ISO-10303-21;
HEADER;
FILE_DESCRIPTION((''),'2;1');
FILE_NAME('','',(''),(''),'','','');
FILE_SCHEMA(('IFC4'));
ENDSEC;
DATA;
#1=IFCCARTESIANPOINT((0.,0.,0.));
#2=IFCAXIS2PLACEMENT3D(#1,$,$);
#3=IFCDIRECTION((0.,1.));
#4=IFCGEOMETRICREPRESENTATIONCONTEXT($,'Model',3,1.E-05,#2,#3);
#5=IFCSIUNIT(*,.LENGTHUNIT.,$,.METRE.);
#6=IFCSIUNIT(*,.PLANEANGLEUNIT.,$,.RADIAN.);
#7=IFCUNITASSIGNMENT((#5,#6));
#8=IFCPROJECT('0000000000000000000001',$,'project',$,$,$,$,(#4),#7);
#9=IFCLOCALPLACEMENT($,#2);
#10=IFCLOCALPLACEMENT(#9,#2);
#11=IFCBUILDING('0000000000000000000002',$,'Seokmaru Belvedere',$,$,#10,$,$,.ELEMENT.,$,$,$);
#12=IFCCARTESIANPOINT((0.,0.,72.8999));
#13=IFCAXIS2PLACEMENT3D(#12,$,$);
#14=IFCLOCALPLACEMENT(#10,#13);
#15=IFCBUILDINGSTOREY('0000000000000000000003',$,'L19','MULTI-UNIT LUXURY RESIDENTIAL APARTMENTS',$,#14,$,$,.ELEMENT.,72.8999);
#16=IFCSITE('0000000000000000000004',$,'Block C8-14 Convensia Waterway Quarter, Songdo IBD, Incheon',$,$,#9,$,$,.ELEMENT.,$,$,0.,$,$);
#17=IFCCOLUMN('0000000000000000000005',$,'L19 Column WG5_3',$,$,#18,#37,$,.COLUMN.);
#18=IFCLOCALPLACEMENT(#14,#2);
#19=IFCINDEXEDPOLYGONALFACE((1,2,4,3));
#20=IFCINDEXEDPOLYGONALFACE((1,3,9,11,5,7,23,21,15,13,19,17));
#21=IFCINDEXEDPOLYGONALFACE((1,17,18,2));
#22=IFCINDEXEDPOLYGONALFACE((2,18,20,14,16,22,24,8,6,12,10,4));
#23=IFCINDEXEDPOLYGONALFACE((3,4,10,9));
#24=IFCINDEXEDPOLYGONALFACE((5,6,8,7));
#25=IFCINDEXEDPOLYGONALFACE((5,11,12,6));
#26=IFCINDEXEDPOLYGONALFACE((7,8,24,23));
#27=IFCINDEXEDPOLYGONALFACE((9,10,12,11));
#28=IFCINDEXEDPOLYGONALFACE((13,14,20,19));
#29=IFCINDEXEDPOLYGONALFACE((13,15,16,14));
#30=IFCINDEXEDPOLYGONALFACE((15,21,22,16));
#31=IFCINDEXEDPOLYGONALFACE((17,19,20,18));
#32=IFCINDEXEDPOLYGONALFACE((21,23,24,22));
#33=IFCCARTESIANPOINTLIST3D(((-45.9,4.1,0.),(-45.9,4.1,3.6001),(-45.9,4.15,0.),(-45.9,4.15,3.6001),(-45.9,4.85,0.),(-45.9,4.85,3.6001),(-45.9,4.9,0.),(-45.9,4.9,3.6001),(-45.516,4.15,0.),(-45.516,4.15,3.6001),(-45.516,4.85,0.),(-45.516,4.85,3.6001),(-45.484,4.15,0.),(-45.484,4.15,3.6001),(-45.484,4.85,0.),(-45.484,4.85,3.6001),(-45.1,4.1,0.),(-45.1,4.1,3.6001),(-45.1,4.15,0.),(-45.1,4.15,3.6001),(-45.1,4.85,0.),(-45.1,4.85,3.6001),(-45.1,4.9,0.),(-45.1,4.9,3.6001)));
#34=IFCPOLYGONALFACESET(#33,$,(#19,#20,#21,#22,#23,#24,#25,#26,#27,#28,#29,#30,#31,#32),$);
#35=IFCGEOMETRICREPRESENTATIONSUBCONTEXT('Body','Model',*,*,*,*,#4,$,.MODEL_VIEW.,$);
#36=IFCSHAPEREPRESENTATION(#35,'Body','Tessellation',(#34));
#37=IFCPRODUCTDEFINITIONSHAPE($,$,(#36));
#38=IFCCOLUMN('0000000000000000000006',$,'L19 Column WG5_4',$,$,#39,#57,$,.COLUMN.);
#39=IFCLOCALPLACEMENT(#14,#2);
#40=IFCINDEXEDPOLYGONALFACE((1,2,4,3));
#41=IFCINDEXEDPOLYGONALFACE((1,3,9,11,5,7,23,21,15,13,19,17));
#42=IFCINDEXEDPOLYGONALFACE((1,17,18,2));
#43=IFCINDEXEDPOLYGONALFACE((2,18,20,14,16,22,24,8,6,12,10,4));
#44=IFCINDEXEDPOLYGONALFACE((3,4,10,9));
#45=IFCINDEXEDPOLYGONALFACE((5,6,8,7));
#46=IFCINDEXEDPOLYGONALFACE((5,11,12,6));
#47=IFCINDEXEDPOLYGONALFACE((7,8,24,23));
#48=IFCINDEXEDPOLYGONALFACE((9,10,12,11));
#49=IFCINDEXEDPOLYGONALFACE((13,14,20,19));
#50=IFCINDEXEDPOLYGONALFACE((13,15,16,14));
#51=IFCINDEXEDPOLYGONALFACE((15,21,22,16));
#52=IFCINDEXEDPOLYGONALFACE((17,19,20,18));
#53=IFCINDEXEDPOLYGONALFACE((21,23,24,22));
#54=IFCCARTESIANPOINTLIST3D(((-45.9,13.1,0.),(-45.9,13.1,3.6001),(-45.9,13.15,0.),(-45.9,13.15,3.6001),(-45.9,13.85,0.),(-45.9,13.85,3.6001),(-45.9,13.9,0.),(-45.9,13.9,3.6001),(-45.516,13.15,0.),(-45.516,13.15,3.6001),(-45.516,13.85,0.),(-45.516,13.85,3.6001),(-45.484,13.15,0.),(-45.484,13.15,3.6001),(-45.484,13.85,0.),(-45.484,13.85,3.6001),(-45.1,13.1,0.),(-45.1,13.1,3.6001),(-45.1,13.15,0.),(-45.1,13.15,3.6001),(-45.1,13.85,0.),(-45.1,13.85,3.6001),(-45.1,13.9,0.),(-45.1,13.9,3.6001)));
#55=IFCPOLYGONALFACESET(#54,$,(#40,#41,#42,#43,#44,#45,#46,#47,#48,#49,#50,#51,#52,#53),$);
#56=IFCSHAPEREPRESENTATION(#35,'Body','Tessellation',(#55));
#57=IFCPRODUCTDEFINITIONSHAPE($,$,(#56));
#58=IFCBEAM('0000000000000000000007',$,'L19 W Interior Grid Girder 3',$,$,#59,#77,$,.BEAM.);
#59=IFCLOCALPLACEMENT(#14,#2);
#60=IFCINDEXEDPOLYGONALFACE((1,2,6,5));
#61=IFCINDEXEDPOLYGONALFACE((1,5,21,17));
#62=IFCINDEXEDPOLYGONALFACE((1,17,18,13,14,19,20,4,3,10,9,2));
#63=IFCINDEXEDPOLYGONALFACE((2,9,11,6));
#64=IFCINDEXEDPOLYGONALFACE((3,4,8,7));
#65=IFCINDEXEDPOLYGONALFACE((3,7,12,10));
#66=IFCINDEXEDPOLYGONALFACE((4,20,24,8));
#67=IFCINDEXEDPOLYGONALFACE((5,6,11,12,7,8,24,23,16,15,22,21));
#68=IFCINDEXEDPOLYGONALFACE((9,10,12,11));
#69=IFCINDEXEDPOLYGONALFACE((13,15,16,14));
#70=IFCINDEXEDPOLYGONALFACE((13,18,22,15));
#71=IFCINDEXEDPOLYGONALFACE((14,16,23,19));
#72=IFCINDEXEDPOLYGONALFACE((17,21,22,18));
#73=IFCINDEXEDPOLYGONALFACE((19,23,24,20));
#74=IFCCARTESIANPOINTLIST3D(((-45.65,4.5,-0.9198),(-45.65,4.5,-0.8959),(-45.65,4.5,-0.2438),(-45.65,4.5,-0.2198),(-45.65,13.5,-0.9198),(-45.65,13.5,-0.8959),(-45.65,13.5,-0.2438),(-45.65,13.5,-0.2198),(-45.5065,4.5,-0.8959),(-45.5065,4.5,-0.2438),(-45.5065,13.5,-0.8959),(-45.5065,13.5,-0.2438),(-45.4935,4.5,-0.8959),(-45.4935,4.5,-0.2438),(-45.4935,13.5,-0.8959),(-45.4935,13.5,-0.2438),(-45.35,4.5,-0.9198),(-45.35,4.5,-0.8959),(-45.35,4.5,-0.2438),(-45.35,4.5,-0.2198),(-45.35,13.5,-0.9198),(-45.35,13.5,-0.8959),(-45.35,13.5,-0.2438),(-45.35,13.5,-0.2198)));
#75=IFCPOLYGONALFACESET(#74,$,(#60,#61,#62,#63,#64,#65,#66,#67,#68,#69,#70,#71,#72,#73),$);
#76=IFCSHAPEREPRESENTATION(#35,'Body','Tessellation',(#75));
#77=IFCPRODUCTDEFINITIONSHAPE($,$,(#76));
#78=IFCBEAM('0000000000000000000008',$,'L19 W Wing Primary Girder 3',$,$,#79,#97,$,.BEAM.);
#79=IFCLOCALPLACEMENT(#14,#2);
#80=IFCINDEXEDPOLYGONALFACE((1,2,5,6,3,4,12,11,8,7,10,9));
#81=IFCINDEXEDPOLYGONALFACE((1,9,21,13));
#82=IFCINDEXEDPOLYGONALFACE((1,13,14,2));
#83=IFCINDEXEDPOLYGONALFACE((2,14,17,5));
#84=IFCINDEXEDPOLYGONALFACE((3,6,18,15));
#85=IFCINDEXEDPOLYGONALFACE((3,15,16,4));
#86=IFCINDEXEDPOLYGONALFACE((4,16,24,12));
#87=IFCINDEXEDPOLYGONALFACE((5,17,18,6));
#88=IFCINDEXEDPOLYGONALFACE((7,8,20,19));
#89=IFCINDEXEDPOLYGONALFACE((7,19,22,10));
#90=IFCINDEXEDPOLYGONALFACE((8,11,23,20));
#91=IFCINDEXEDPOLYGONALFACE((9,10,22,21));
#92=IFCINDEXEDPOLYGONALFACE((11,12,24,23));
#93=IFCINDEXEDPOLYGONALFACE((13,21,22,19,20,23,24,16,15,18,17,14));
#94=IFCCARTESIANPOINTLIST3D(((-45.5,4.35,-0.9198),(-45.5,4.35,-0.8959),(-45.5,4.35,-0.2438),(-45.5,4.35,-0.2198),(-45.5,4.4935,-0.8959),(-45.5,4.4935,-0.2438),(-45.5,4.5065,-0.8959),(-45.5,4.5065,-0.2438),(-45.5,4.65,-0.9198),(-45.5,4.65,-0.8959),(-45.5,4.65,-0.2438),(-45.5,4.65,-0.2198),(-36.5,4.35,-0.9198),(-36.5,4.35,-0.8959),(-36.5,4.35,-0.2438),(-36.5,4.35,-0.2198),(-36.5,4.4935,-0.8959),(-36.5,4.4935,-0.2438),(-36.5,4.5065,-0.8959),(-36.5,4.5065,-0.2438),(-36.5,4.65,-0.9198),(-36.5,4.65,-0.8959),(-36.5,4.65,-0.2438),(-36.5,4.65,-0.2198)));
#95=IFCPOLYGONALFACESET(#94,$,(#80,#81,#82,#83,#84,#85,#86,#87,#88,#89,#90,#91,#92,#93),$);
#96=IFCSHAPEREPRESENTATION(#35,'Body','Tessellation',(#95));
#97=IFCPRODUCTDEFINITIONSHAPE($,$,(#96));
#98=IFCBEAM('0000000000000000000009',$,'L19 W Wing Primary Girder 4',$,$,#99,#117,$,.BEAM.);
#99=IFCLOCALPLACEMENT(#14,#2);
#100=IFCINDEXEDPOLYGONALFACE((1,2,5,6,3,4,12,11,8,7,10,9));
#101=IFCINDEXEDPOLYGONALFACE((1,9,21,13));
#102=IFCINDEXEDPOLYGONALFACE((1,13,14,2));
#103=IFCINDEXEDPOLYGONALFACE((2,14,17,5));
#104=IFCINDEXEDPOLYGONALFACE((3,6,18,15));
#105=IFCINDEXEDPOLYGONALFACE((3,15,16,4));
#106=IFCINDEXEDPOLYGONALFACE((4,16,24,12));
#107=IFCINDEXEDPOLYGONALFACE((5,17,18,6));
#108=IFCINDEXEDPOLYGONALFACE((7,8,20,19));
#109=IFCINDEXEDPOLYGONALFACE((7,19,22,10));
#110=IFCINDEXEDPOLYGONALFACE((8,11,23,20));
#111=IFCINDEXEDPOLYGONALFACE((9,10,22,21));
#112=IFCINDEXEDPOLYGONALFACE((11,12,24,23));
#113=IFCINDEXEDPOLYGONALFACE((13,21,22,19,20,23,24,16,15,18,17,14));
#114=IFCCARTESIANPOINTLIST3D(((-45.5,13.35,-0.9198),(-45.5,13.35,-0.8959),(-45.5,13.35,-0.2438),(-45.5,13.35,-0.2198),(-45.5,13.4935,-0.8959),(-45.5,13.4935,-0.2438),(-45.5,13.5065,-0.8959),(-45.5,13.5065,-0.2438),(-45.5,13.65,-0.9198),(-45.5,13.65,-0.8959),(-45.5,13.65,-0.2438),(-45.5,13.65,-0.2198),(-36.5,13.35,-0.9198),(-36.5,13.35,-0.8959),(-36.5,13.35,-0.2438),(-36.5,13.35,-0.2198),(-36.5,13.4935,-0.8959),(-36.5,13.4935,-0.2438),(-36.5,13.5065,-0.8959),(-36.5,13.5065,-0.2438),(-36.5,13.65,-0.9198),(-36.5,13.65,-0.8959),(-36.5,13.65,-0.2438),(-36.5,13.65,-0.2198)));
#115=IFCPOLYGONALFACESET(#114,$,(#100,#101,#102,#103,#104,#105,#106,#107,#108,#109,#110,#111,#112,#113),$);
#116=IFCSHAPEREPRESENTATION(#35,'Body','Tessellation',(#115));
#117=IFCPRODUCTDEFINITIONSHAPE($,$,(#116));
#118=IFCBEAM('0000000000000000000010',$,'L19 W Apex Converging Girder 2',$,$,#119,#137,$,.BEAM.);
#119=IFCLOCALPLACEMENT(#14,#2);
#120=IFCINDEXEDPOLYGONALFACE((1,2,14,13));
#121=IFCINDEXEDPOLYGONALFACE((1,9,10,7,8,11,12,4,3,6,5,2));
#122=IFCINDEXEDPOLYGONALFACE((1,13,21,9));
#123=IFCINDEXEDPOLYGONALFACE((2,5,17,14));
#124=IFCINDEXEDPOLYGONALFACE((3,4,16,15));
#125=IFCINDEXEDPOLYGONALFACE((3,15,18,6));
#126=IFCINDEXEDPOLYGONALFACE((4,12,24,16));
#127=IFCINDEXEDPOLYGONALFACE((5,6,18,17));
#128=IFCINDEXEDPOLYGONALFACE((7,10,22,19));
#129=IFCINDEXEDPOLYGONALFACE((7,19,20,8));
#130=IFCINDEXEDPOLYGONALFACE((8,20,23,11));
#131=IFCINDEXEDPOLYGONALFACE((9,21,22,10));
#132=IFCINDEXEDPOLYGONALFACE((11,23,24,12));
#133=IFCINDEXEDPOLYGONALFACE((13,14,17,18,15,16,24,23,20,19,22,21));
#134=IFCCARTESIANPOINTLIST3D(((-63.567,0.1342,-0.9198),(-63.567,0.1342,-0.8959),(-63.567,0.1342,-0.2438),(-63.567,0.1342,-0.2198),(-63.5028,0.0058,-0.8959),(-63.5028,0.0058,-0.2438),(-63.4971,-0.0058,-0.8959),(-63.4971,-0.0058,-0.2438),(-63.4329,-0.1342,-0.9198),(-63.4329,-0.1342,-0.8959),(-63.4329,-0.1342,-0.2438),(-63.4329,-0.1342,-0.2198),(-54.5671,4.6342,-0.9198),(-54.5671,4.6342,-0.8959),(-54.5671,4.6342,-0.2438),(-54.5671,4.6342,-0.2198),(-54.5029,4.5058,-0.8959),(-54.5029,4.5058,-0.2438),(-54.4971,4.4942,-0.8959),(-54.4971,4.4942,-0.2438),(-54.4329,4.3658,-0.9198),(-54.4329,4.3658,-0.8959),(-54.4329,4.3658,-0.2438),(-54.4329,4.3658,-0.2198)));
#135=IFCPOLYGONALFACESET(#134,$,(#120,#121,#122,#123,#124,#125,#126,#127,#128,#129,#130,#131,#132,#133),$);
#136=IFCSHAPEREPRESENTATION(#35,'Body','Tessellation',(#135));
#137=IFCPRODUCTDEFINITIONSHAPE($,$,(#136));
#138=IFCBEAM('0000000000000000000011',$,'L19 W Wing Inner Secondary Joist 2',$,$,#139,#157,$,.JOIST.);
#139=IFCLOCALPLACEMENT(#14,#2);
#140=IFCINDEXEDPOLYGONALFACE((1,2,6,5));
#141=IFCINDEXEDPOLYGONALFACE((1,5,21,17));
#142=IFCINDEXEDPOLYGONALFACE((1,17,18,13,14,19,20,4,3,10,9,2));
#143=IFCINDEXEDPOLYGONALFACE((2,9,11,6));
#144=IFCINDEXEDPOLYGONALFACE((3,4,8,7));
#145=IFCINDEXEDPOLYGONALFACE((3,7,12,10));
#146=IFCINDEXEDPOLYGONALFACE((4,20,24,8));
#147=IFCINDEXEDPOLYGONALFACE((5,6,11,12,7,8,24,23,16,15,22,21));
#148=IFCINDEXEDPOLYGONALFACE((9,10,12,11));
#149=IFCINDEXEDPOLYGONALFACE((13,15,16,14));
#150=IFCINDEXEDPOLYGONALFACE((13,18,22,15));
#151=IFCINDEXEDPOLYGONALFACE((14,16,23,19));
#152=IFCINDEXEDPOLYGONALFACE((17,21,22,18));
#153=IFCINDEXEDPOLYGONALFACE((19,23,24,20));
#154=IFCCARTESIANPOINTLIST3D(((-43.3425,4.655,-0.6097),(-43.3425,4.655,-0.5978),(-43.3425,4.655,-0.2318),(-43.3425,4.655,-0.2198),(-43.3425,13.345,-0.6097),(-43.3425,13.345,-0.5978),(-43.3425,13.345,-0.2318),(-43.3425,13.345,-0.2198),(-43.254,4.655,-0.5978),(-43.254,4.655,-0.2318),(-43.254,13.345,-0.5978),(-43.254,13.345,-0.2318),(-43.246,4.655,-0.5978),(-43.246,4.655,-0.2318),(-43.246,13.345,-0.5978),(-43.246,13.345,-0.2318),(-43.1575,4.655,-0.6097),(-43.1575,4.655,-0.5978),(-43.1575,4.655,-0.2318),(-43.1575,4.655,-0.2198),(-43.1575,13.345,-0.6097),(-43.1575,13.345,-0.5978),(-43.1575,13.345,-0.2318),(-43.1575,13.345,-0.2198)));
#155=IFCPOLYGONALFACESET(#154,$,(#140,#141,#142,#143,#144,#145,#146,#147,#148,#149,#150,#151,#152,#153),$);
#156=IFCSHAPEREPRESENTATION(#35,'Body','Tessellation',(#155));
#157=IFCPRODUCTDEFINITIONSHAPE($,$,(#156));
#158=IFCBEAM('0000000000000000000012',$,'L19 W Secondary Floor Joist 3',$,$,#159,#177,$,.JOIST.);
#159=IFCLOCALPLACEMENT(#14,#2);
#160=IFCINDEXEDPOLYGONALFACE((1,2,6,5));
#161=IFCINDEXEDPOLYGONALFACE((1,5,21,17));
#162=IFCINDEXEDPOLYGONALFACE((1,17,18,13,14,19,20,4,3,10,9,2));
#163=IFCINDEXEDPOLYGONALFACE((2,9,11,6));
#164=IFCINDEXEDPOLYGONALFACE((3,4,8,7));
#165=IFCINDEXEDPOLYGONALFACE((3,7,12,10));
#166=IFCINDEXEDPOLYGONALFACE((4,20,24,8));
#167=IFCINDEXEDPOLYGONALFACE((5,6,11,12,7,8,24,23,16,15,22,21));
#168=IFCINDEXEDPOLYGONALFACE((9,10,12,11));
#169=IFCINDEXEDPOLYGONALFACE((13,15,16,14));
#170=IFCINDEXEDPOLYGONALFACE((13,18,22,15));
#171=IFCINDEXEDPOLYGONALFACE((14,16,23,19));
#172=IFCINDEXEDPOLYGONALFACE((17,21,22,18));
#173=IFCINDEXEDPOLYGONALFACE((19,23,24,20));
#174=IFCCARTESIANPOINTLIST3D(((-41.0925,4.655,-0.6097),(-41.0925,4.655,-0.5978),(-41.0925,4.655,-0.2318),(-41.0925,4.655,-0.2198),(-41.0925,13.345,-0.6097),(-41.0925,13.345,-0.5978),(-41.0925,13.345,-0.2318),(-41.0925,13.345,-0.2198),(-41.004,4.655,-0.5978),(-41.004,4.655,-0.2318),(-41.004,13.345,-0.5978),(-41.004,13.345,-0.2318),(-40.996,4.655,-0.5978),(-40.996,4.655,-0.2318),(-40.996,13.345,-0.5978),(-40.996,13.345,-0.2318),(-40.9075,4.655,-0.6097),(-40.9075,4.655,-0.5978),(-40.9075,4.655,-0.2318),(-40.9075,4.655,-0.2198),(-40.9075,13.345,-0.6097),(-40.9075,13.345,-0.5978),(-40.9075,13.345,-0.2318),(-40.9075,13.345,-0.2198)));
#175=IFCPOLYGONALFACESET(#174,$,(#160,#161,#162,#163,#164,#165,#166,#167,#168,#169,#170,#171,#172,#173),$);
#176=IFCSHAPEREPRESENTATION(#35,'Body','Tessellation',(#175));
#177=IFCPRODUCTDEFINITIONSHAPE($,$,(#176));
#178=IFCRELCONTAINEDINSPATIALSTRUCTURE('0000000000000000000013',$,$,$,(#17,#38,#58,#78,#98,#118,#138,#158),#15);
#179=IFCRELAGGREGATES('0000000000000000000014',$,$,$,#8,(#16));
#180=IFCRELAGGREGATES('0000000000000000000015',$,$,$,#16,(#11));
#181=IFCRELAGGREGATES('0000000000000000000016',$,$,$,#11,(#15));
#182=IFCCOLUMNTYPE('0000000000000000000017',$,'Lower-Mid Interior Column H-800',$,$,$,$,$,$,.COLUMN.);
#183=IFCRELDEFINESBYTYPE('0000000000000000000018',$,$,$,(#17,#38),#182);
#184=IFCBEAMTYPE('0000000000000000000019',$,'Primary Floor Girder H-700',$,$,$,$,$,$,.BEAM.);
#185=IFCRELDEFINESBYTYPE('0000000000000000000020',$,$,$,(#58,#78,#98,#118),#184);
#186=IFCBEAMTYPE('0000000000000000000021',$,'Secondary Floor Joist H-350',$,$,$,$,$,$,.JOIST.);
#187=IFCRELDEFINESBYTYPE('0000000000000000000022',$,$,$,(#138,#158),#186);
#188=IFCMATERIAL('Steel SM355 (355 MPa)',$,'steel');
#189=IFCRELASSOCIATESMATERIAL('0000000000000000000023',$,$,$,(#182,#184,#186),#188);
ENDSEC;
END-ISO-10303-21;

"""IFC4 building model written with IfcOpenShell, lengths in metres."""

from ifc_helpers import new_model, si_unit, direction, frame, origin, origin_2d, place, context, subcontext, project, spatial, i_section, extrude, source, transform, mapped, material, material_profile, profile_set, type_object, type_shapes, element, save


model = new_model("IFC4")

# Units and contexts
model_context = context("Model", 3, precision=1e-05, world=origin(), true_north=direction((0.0, 1.0)))
body_context = subcontext(model_context, "Body", "Model", "MODEL_VIEW")
ifc_project = project(units=[si_unit("LENGTHUNIT", "METRE"), si_unit("PLANEANGLEUNIT", "RADIAN")], contexts=[model_context])

# Site, building, storey
site_placement = place(None, origin())
site = spatial("IfcSite", under=ifc_project, at=site_placement, Name="Block C8-14 Convensia Waterway Quarter, Songdo IBD, Incheon", CompositionType="ELEMENT", RefElevation=0.0)
building_placement = place(site_placement, origin())
building = spatial("IfcBuilding", under=site, at=building_placement, Name="Seokmaru Belvedere", CompositionType="ELEMENT")
storey_placement = place(building_placement, frame((0.0, 0.0, 72.8999)))
storey = spatial("IfcBuildingStorey", under=building, at=storey_placement, Name="L19", Description="MULTI-UNIT LUXURY RESIDENTIAL APARTMENTS", CompositionType="ELEMENT", Elevation=72.8999)

# Columns
ifc_material_1 = material(Name="Steel SM355 (355 MPa)", Category="steel")
ifc_material_profile_1 = material_profile(ifc_material_1, i_section(OverallWidth=0.8, OverallDepth=0.8, WebThickness=0.032, FlangeThickness=0.05, at=origin_2d()), Name="H-800x800x32x50")
ifc_profile_set_1 = profile_set([ifc_material_profile_1], Name="Steel SM355 (355 MPa)")
column_type = type_object("IfcColumnType", Name="Lower-Mid Interior Column H-800", PredefinedType="COLUMN", material=ifc_profile_set_1)
shared_shape_1 = source(origin(), body_context, "Body", "SweptSolid", [
    extrude(i_section(OverallWidth=0.8, OverallDepth=0.8, WebThickness=0.032, FlangeThickness=0.05, at=origin_2d()), origin(), (0.0, 0.0, 1.0), 3.6001),
])
type_shapes(column_type, [shared_shape_1])
for number, where, z_axis, x_axis, name in (
    (1, (-45.5, 4.5, 0.0), (0.0, 0.0, 1.0), (1.0, 0.0, 0.0), "L19 Column WG5_3"),
    (2, (-45.5, 13.5, 0.0), (0.0, 0.0, 1.0), (1.0, 0.0, 0.0), "L19 Column WG5_4"),
):
    element("IfcColumn", number, at=place(storey_placement, frame(where, z_axis=z_axis, x_axis=x_axis)), inside=storey, type_object=column_type, Name=name, PredefinedType="COLUMN", context=body_context, shape_type="MappedRepresentation", body=[
        mapped(shared_shape_1, transform((0.0, 0.0, 0.0), scale=1.0)),
    ])

# Beams
ifc_material_profile_2 = material_profile(ifc_material_1, i_section(OverallWidth=0.3, OverallDepth=0.7, WebThickness=0.0129, FlangeThickness=0.0239, at=origin_2d()), Name="H-700x300x13x24")
ifc_profile_set_2 = profile_set([ifc_material_profile_2], Name="Steel SM355 (355 MPa)")
beam_type_1 = type_object("IfcBeamType", Name="Primary Floor Girder H-700", PredefinedType="BEAM", material=ifc_profile_set_2)
shared_shape_2 = source(origin(), body_context, "Body", "SweptSolid", [
    extrude(i_section(OverallWidth=0.3, OverallDepth=0.7, WebThickness=0.0129, FlangeThickness=0.0239, at=origin_2d()), origin(), (0.0, 0.0, 1.0), 9.0),
])
for number, where, z_axis, x_axis, name in (
    (3, (-45.5, 4.5, -0.5698), (0.0, 1.0, 0.0), (-1.0, 0.0, 0.0), "L19 W Interior Grid Girder 3"),
    (4, (-45.5, 4.5, -0.5698), (1.0, 0.0, 0.0), (0.0, 1.0, 0.0), "L19 W Wing Primary Girder 3"),
    (5, (-45.5, 13.5, -0.5698), (1.0, 0.0, 0.0), (0.0, 1.0, 0.0), "L19 W Wing Primary Girder 4"),
):
    element("IfcBeam", number, at=place(storey_placement, frame(where, z_axis=z_axis, x_axis=x_axis)), inside=storey, type_object=beam_type_1, Name=name, PredefinedType="BEAM", context=body_context, shape_type="MappedRepresentation", body=[
        mapped(shared_shape_2, transform((0.0, 0.0, 0.0), scale=1.0)),
    ])
shared_shape_3 = source(origin(), body_context, "Body", "SweptSolid", [
    extrude(i_section(OverallWidth=0.3, OverallDepth=0.7, WebThickness=0.0129, FlangeThickness=0.0239, at=origin_2d()), origin(), (0.0, 0.0, 1.0), 10.0623),
])
type_shapes(beam_type_1, [shared_shape_2, shared_shape_3])
beam_placement = place(storey_placement, frame((-54.5, 4.5, -0.5698), z_axis=(-0.894427, -0.447214, 0.0), x_axis=(0.447214, -0.894427, 0.0)))
element("IfcBeam", 6, at=beam_placement, inside=storey, type_object=beam_type_1, Name="L19 W Apex Converging Girder 2", PredefinedType="BEAM", context=body_context, shape_type="MappedRepresentation", body=[
    mapped(shared_shape_3, transform((0.0, 0.0, 0.0), scale=1.0)),
])
ifc_material_profile_3 = material_profile(ifc_material_1, i_section(OverallWidth=0.1851, OverallDepth=0.3899, WebThickness=0.0081, FlangeThickness=0.012, at=origin_2d()), Name="H-390x185x8x12")
ifc_profile_set_3 = profile_set([ifc_material_profile_3], Name="Steel SM355 (355 MPa)")
beam_type_2 = type_object("IfcBeamType", Name="Secondary Floor Joist H-350", PredefinedType="JOIST", material=ifc_profile_set_3)
shared_shape_4 = source(origin(), body_context, "Body", "SweptSolid", [
    extrude(i_section(OverallWidth=0.1851, OverallDepth=0.3899, WebThickness=0.0081, FlangeThickness=0.012, at=origin_2d()), origin(), (0.0, 0.0, 1.0), 8.6899),
])
type_shapes(beam_type_2, [shared_shape_4])
for number, where, z_axis, x_axis, name in (
    (7, (-43.25, 4.655, -0.4148), (0.0, 1.0, 0.0), (-1.0, 0.0, 0.0), "L19 W Wing Inner Secondary Joist 2"),
    (8, (-41.0, 4.655, -0.4148), (0.0, 1.0, 0.0), (-1.0, 0.0, 0.0), "L19 W Secondary Floor Joist 3"),
):
    element("IfcBeam", number, at=place(storey_placement, frame(where, z_axis=z_axis, x_axis=x_axis)), inside=storey, type_object=beam_type_2, Name=name, PredefinedType="JOIST", context=body_context, shape_type="MappedRepresentation", body=[
        mapped(shared_shape_4, transform((0.0, 0.0, 0.0), scale=1.0)),
    ])

save(model, "model.ifc")
